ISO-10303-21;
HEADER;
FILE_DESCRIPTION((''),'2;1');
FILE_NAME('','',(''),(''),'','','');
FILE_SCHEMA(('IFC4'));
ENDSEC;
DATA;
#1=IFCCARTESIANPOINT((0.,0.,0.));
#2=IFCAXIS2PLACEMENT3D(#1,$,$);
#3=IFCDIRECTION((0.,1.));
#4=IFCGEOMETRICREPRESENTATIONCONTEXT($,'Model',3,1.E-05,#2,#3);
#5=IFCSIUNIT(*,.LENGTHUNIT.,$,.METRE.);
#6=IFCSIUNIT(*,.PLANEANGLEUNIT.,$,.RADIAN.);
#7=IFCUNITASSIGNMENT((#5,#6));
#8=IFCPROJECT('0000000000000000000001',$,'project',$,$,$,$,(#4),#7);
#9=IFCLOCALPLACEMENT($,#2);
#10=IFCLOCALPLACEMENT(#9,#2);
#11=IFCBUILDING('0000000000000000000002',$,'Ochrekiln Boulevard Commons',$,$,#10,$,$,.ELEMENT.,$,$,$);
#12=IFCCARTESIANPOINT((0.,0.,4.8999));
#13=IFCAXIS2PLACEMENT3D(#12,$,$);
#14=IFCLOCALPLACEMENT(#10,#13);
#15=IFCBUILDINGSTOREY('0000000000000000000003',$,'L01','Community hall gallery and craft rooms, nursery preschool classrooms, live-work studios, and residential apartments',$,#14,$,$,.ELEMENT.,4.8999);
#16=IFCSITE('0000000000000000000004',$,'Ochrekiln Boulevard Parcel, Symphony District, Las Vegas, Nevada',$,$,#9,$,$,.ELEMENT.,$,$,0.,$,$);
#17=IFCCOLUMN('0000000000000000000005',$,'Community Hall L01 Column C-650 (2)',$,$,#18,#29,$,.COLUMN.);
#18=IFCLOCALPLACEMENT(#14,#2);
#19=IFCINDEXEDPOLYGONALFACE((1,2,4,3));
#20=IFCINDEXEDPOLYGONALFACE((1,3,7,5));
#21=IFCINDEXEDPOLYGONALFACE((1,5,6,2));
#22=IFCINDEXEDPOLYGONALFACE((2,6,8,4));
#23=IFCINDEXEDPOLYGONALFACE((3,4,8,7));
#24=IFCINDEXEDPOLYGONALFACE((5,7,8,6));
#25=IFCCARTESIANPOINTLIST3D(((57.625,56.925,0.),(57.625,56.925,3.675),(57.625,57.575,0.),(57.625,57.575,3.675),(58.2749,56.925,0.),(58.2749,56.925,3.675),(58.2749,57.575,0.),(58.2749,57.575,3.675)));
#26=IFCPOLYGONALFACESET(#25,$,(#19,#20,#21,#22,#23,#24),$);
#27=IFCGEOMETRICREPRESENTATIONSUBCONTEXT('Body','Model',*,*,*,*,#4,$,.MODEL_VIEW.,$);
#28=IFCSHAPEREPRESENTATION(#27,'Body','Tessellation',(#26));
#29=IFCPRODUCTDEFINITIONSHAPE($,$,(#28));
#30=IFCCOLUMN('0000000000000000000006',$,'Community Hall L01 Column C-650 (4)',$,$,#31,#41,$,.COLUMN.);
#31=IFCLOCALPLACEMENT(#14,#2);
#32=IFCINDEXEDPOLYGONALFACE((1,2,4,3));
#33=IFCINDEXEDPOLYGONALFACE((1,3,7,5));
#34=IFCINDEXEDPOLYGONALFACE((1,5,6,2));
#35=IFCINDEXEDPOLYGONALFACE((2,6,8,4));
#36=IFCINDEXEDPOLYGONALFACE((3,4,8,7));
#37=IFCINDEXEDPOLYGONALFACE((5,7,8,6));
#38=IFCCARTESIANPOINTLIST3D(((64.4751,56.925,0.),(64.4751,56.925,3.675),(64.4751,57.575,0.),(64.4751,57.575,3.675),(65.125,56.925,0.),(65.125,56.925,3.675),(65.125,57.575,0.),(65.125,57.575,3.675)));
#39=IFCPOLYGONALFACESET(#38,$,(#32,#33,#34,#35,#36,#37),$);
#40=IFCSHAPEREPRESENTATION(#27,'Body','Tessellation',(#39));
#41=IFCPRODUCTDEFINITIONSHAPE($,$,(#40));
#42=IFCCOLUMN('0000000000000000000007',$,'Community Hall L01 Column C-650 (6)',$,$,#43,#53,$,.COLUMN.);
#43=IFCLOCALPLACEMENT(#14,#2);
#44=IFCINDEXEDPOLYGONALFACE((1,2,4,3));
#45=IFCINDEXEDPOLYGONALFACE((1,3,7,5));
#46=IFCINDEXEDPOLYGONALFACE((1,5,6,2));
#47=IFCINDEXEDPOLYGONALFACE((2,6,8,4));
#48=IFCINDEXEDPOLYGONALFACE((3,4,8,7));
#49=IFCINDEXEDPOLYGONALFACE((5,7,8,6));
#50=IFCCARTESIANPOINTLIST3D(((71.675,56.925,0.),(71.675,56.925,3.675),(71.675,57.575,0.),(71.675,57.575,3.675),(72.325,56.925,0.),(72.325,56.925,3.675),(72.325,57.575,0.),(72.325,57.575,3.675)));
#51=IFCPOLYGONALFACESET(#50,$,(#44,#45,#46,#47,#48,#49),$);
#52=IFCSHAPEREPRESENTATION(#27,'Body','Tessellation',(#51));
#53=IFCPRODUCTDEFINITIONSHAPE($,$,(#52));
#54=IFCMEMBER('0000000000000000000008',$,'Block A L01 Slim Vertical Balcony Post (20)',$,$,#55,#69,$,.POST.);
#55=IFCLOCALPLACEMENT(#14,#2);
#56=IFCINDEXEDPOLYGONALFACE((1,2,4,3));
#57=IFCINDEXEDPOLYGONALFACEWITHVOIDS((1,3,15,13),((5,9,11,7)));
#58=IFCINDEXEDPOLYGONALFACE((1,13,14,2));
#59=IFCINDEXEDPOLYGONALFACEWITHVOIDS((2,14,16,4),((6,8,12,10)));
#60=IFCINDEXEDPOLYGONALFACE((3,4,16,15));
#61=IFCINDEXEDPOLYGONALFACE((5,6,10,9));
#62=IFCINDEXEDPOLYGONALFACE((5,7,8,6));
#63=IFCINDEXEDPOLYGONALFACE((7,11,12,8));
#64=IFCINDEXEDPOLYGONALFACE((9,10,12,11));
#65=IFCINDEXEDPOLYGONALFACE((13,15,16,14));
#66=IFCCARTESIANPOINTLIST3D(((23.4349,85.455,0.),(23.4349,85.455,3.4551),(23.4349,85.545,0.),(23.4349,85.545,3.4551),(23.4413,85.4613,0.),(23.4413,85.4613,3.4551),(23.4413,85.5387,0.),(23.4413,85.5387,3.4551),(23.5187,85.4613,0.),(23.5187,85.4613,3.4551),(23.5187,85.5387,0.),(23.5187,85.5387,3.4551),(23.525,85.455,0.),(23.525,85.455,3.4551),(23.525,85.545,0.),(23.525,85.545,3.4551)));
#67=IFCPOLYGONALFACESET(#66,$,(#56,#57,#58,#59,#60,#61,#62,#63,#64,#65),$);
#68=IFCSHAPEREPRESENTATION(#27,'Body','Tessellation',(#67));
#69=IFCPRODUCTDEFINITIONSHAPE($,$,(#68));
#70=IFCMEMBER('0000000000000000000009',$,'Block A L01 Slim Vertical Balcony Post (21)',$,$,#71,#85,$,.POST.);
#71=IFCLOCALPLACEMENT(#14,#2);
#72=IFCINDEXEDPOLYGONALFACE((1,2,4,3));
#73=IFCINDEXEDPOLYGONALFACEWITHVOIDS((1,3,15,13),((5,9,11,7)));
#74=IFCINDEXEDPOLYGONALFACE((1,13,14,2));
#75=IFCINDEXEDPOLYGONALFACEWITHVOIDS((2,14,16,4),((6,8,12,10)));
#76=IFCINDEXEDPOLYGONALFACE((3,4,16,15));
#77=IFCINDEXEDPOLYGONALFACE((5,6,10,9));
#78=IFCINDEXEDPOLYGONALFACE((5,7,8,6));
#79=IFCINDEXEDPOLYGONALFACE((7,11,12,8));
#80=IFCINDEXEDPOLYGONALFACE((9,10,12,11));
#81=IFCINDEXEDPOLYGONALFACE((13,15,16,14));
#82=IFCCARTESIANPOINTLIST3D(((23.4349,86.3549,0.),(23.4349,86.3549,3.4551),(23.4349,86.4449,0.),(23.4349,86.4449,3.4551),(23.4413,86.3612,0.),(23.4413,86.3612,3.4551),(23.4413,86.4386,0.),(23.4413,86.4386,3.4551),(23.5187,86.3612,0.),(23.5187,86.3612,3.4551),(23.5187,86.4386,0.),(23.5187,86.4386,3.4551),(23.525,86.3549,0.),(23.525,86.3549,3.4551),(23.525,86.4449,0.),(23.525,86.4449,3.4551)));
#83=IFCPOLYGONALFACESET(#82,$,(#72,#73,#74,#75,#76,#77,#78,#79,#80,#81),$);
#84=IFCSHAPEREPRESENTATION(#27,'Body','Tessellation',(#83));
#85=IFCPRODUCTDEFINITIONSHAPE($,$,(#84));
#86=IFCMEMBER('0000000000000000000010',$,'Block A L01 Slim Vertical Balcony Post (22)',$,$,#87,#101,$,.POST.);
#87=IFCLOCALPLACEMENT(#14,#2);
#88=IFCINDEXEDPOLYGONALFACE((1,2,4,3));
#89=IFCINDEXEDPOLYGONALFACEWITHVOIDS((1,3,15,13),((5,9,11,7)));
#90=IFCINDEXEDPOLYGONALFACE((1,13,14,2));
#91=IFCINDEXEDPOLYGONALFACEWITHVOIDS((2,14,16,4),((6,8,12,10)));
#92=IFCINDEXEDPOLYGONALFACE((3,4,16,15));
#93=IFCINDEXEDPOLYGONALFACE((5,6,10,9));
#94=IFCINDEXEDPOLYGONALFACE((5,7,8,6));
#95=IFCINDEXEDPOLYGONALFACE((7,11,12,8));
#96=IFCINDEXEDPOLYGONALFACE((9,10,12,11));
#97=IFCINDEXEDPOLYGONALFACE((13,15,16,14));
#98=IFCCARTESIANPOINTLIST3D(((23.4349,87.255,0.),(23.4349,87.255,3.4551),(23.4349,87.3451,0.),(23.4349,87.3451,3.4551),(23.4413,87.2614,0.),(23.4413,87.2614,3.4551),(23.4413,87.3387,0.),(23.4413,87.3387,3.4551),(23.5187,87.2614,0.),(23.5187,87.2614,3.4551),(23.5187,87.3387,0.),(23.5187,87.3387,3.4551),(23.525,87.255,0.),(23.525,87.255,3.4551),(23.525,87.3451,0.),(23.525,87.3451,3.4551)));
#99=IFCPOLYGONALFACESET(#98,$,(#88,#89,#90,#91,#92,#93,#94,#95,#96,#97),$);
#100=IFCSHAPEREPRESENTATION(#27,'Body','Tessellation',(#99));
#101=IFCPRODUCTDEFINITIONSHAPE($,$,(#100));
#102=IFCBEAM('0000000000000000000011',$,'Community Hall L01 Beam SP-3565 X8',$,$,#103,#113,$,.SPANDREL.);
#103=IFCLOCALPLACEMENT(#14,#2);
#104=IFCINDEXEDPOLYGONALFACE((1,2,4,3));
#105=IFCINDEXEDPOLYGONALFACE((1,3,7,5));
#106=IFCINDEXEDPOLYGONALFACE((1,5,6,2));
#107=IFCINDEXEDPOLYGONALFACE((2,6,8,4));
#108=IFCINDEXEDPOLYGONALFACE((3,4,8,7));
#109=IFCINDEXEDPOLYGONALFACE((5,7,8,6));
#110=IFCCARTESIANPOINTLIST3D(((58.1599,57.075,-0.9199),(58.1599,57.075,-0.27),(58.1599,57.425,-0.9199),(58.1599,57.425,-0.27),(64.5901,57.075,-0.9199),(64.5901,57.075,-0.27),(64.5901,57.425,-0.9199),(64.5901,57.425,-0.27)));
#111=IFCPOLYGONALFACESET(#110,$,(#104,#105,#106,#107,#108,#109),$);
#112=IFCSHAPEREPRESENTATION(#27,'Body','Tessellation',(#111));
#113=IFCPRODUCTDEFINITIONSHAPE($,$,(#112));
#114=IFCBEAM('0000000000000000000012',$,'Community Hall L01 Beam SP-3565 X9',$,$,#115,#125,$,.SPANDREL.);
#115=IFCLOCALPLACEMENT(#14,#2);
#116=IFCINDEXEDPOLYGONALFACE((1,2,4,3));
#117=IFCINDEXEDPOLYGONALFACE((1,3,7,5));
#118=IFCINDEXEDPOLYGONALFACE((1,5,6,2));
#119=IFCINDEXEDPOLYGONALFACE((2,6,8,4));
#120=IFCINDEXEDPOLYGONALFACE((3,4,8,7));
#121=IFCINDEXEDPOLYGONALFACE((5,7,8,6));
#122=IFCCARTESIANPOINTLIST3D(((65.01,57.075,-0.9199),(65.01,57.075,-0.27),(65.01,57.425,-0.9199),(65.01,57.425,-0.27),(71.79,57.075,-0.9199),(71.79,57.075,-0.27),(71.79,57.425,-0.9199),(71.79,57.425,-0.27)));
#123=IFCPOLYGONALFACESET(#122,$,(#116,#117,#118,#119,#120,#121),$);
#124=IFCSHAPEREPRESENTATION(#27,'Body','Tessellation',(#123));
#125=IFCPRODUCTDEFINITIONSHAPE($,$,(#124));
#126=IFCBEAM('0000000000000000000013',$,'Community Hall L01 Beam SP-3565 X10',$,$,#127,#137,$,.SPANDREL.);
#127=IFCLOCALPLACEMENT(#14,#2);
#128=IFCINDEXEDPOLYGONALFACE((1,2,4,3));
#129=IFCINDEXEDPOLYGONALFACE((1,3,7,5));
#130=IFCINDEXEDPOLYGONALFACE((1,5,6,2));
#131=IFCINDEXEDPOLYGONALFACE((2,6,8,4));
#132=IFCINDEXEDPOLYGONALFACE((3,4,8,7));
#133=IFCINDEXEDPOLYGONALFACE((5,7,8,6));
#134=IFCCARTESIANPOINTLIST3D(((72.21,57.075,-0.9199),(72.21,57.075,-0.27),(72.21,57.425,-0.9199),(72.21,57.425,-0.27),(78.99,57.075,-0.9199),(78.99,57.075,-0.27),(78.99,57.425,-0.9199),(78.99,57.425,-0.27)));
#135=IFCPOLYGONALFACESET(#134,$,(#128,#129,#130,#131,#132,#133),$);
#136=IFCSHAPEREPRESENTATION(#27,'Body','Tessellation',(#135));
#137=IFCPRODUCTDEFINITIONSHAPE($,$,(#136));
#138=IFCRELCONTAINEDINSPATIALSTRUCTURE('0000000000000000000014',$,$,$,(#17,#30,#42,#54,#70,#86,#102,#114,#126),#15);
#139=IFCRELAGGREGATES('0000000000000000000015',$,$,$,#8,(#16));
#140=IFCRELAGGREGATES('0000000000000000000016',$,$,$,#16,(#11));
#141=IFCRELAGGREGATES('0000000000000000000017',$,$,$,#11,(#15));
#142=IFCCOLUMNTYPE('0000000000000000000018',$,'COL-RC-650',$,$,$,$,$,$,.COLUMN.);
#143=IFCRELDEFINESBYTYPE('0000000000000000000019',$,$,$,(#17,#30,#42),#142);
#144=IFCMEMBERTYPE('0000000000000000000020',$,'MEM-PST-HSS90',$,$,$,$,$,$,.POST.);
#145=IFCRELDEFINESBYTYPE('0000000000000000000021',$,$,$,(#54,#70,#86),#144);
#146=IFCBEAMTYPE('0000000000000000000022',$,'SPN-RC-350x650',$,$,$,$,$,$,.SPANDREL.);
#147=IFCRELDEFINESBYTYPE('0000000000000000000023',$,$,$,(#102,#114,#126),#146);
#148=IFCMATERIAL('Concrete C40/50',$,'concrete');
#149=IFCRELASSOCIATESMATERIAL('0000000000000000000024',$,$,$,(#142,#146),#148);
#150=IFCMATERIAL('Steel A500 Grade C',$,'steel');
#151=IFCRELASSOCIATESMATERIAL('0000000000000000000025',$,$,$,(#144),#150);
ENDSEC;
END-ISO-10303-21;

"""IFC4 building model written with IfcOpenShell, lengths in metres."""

from ifc_helpers import new_model, si_unit, direction, frame, origin, origin_2d, place, context, subcontext, project, spatial, rectangle, hollow_rectangle, extrude, material, material_profile, profile_set, type_object, element, save


model = new_model("IFC4")

# Units and contexts
model_context = context("Model", 3, precision=1e-05, world=origin(), true_north=direction((0.0, 1.0)))
body_context = subcontext(model_context, "Body", "Model", "MODEL_VIEW")
ifc_project = project(units=[si_unit("LENGTHUNIT", "METRE"), si_unit("PLANEANGLEUNIT", "RADIAN")], contexts=[model_context])

# Site, building, storey
site_placement = place(None, origin())
site = spatial("IfcSite", under=ifc_project, at=site_placement, Name="Ochrekiln Boulevard Parcel, Symphony District, Las Vegas, Nevada", CompositionType="ELEMENT", RefElevation=0.0)
building_placement = place(site_placement, origin())
building = spatial("IfcBuilding", under=site, at=building_placement, Name="Ochrekiln Boulevard Commons", CompositionType="ELEMENT")
storey_placement = place(building_placement, frame((0.0, 0.0, 4.8999)))
storey = spatial("IfcBuildingStorey", under=building, at=storey_placement, Name="L01", Description="Community hall gallery and craft rooms, nursery preschool classrooms, live-work studios, and residential apartments", CompositionType="ELEMENT", Elevation=4.8999)

# Columns
ifc_material_1 = material(Name="Concrete C40/50", Category="concrete")
ifc_material_profile_1 = material_profile(ifc_material_1, rectangle(XDim=0.6499, YDim=0.6499, at=origin_2d()), Name="RC-COL-650x650")
ifc_profile_set_1 = profile_set([ifc_material_profile_1], Name="Concrete C40/50")
column_type = type_object("IfcColumnType", Name="COL-RC-650", PredefinedType="COLUMN", material=ifc_profile_set_1)
for number, where, z_axis, x_axis, name in (
    (1, (57.95, 57.25, 0.0), (0.0, 0.0, 1.0), (1.0, 0.0, 0.0), "Community Hall L01 Column C-650 (2)"),
    (2, (64.8, 57.25, 0.0), (0.0, 0.0, 1.0), (1.0, 0.0, 0.0), "Community Hall L01 Column C-650 (4)"),
    (3, (72.0, 57.25, 0.0), (0.0, 0.0, 1.0), (1.0, 0.0, 0.0), "Community Hall L01 Column C-650 (6)"),
):
    element("IfcColumn", number, at=place(storey_placement, frame(where, z_axis=z_axis, x_axis=x_axis)), inside=storey, type_object=column_type, Name=name, PredefinedType="COLUMN", context=body_context, shape_type="SweptSolid", body=[
        extrude(rectangle(XDim=0.6499, YDim=0.6499, at=origin_2d()), origin(), (0.0, 0.0, 1.0), 3.675),
    ])

# Members
ifc_material_2 = material(Name="Steel A500 Grade C", Category="steel")
ifc_material_profile_2 = material_profile(ifc_material_2, hollow_rectangle(XDim=0.0901, YDim=0.0901, WallThickness=0.0063, at=origin_2d()), Name="HSS90X90X6.4")
ifc_profile_set_2 = profile_set([ifc_material_profile_2], Name="Steel A500 Grade C")
member_type = type_object("IfcMemberType", Name="MEM-PST-HSS90", PredefinedType="POST", material=ifc_profile_set_2)
for number, where, z_axis, x_axis, name in (
    (4, (23.48, 85.5, 0.0), (0.0, 0.0, 1.0), (1.0, 0.0, 0.0), "Block A L01 Slim Vertical Balcony Post (20)"),
    (5, (23.48, 86.3999, 0.0), (0.0, 0.0, 1.0), (1.0, 0.0, 0.0), "Block A L01 Slim Vertical Balcony Post (21)"),
    (6, (23.48, 87.3, 0.0), (0.0, 0.0, 1.0), (1.0, 0.0, 0.0), "Block A L01 Slim Vertical Balcony Post (22)"),
):
    element("IfcMember", number, at=place(storey_placement, frame(where, z_axis=z_axis, x_axis=x_axis)), inside=storey, type_object=member_type, Name=name, PredefinedType="POST", context=body_context, shape_type="SweptSolid", body=[
        extrude(hollow_rectangle(XDim=0.0901, YDim=0.0901, WallThickness=0.0063, at=origin_2d()), origin(), (0.0, 0.0, 1.0), 3.4551),
    ])

# Beams
ifc_material_profile_3 = material_profile(ifc_material_1, rectangle(XDim=0.3501, YDim=0.6499, at=origin_2d()), Name="RC-SPN-350x650")
ifc_profile_set_3 = profile_set([ifc_material_profile_3], Name="Concrete C40/50")
beam_type = type_object("IfcBeamType", Name="SPN-RC-350x650", PredefinedType="SPANDREL", material=ifc_profile_set_3)
beam_placement = place(storey_placement, frame((58.1599, 57.25, -0.595), z_axis=(1.0, 0.0, 0.0), x_axis=(0.0, 1.0, 0.0)))
element("IfcBeam", 7, at=beam_placement, inside=storey, type_object=beam_type, Name="Community Hall L01 Beam SP-3565 X8", PredefinedType="SPANDREL", context=body_context, shape_type="SweptSolid", body=[
    extrude(rectangle(XDim=0.3501, YDim=0.6499, at=origin_2d()), origin(), (0.0, 0.0, 1.0), 6.4302),
])
for number, where, z_axis, x_axis, name in (
    (8, (65.01, 57.25, -0.595), (1.0, 0.0, 0.0), (0.0, 1.0, 0.0), "Community Hall L01 Beam SP-3565 X9"),
    (9, (72.21, 57.25, -0.595), (1.0, 0.0, 0.0), (0.0, 1.0, 0.0), "Community Hall L01 Beam SP-3565 X10"),
):
    element("IfcBeam", number, at=place(storey_placement, frame(where, z_axis=z_axis, x_axis=x_axis)), inside=storey, type_object=beam_type, Name=name, PredefinedType="SPANDREL", context=body_context, shape_type="SweptSolid", body=[
        extrude(rectangle(XDim=0.3501, YDim=0.6499, at=origin_2d()), origin(), (0.0, 0.0, 1.0), 6.78),
    ])

save(model, "model.ifc")
